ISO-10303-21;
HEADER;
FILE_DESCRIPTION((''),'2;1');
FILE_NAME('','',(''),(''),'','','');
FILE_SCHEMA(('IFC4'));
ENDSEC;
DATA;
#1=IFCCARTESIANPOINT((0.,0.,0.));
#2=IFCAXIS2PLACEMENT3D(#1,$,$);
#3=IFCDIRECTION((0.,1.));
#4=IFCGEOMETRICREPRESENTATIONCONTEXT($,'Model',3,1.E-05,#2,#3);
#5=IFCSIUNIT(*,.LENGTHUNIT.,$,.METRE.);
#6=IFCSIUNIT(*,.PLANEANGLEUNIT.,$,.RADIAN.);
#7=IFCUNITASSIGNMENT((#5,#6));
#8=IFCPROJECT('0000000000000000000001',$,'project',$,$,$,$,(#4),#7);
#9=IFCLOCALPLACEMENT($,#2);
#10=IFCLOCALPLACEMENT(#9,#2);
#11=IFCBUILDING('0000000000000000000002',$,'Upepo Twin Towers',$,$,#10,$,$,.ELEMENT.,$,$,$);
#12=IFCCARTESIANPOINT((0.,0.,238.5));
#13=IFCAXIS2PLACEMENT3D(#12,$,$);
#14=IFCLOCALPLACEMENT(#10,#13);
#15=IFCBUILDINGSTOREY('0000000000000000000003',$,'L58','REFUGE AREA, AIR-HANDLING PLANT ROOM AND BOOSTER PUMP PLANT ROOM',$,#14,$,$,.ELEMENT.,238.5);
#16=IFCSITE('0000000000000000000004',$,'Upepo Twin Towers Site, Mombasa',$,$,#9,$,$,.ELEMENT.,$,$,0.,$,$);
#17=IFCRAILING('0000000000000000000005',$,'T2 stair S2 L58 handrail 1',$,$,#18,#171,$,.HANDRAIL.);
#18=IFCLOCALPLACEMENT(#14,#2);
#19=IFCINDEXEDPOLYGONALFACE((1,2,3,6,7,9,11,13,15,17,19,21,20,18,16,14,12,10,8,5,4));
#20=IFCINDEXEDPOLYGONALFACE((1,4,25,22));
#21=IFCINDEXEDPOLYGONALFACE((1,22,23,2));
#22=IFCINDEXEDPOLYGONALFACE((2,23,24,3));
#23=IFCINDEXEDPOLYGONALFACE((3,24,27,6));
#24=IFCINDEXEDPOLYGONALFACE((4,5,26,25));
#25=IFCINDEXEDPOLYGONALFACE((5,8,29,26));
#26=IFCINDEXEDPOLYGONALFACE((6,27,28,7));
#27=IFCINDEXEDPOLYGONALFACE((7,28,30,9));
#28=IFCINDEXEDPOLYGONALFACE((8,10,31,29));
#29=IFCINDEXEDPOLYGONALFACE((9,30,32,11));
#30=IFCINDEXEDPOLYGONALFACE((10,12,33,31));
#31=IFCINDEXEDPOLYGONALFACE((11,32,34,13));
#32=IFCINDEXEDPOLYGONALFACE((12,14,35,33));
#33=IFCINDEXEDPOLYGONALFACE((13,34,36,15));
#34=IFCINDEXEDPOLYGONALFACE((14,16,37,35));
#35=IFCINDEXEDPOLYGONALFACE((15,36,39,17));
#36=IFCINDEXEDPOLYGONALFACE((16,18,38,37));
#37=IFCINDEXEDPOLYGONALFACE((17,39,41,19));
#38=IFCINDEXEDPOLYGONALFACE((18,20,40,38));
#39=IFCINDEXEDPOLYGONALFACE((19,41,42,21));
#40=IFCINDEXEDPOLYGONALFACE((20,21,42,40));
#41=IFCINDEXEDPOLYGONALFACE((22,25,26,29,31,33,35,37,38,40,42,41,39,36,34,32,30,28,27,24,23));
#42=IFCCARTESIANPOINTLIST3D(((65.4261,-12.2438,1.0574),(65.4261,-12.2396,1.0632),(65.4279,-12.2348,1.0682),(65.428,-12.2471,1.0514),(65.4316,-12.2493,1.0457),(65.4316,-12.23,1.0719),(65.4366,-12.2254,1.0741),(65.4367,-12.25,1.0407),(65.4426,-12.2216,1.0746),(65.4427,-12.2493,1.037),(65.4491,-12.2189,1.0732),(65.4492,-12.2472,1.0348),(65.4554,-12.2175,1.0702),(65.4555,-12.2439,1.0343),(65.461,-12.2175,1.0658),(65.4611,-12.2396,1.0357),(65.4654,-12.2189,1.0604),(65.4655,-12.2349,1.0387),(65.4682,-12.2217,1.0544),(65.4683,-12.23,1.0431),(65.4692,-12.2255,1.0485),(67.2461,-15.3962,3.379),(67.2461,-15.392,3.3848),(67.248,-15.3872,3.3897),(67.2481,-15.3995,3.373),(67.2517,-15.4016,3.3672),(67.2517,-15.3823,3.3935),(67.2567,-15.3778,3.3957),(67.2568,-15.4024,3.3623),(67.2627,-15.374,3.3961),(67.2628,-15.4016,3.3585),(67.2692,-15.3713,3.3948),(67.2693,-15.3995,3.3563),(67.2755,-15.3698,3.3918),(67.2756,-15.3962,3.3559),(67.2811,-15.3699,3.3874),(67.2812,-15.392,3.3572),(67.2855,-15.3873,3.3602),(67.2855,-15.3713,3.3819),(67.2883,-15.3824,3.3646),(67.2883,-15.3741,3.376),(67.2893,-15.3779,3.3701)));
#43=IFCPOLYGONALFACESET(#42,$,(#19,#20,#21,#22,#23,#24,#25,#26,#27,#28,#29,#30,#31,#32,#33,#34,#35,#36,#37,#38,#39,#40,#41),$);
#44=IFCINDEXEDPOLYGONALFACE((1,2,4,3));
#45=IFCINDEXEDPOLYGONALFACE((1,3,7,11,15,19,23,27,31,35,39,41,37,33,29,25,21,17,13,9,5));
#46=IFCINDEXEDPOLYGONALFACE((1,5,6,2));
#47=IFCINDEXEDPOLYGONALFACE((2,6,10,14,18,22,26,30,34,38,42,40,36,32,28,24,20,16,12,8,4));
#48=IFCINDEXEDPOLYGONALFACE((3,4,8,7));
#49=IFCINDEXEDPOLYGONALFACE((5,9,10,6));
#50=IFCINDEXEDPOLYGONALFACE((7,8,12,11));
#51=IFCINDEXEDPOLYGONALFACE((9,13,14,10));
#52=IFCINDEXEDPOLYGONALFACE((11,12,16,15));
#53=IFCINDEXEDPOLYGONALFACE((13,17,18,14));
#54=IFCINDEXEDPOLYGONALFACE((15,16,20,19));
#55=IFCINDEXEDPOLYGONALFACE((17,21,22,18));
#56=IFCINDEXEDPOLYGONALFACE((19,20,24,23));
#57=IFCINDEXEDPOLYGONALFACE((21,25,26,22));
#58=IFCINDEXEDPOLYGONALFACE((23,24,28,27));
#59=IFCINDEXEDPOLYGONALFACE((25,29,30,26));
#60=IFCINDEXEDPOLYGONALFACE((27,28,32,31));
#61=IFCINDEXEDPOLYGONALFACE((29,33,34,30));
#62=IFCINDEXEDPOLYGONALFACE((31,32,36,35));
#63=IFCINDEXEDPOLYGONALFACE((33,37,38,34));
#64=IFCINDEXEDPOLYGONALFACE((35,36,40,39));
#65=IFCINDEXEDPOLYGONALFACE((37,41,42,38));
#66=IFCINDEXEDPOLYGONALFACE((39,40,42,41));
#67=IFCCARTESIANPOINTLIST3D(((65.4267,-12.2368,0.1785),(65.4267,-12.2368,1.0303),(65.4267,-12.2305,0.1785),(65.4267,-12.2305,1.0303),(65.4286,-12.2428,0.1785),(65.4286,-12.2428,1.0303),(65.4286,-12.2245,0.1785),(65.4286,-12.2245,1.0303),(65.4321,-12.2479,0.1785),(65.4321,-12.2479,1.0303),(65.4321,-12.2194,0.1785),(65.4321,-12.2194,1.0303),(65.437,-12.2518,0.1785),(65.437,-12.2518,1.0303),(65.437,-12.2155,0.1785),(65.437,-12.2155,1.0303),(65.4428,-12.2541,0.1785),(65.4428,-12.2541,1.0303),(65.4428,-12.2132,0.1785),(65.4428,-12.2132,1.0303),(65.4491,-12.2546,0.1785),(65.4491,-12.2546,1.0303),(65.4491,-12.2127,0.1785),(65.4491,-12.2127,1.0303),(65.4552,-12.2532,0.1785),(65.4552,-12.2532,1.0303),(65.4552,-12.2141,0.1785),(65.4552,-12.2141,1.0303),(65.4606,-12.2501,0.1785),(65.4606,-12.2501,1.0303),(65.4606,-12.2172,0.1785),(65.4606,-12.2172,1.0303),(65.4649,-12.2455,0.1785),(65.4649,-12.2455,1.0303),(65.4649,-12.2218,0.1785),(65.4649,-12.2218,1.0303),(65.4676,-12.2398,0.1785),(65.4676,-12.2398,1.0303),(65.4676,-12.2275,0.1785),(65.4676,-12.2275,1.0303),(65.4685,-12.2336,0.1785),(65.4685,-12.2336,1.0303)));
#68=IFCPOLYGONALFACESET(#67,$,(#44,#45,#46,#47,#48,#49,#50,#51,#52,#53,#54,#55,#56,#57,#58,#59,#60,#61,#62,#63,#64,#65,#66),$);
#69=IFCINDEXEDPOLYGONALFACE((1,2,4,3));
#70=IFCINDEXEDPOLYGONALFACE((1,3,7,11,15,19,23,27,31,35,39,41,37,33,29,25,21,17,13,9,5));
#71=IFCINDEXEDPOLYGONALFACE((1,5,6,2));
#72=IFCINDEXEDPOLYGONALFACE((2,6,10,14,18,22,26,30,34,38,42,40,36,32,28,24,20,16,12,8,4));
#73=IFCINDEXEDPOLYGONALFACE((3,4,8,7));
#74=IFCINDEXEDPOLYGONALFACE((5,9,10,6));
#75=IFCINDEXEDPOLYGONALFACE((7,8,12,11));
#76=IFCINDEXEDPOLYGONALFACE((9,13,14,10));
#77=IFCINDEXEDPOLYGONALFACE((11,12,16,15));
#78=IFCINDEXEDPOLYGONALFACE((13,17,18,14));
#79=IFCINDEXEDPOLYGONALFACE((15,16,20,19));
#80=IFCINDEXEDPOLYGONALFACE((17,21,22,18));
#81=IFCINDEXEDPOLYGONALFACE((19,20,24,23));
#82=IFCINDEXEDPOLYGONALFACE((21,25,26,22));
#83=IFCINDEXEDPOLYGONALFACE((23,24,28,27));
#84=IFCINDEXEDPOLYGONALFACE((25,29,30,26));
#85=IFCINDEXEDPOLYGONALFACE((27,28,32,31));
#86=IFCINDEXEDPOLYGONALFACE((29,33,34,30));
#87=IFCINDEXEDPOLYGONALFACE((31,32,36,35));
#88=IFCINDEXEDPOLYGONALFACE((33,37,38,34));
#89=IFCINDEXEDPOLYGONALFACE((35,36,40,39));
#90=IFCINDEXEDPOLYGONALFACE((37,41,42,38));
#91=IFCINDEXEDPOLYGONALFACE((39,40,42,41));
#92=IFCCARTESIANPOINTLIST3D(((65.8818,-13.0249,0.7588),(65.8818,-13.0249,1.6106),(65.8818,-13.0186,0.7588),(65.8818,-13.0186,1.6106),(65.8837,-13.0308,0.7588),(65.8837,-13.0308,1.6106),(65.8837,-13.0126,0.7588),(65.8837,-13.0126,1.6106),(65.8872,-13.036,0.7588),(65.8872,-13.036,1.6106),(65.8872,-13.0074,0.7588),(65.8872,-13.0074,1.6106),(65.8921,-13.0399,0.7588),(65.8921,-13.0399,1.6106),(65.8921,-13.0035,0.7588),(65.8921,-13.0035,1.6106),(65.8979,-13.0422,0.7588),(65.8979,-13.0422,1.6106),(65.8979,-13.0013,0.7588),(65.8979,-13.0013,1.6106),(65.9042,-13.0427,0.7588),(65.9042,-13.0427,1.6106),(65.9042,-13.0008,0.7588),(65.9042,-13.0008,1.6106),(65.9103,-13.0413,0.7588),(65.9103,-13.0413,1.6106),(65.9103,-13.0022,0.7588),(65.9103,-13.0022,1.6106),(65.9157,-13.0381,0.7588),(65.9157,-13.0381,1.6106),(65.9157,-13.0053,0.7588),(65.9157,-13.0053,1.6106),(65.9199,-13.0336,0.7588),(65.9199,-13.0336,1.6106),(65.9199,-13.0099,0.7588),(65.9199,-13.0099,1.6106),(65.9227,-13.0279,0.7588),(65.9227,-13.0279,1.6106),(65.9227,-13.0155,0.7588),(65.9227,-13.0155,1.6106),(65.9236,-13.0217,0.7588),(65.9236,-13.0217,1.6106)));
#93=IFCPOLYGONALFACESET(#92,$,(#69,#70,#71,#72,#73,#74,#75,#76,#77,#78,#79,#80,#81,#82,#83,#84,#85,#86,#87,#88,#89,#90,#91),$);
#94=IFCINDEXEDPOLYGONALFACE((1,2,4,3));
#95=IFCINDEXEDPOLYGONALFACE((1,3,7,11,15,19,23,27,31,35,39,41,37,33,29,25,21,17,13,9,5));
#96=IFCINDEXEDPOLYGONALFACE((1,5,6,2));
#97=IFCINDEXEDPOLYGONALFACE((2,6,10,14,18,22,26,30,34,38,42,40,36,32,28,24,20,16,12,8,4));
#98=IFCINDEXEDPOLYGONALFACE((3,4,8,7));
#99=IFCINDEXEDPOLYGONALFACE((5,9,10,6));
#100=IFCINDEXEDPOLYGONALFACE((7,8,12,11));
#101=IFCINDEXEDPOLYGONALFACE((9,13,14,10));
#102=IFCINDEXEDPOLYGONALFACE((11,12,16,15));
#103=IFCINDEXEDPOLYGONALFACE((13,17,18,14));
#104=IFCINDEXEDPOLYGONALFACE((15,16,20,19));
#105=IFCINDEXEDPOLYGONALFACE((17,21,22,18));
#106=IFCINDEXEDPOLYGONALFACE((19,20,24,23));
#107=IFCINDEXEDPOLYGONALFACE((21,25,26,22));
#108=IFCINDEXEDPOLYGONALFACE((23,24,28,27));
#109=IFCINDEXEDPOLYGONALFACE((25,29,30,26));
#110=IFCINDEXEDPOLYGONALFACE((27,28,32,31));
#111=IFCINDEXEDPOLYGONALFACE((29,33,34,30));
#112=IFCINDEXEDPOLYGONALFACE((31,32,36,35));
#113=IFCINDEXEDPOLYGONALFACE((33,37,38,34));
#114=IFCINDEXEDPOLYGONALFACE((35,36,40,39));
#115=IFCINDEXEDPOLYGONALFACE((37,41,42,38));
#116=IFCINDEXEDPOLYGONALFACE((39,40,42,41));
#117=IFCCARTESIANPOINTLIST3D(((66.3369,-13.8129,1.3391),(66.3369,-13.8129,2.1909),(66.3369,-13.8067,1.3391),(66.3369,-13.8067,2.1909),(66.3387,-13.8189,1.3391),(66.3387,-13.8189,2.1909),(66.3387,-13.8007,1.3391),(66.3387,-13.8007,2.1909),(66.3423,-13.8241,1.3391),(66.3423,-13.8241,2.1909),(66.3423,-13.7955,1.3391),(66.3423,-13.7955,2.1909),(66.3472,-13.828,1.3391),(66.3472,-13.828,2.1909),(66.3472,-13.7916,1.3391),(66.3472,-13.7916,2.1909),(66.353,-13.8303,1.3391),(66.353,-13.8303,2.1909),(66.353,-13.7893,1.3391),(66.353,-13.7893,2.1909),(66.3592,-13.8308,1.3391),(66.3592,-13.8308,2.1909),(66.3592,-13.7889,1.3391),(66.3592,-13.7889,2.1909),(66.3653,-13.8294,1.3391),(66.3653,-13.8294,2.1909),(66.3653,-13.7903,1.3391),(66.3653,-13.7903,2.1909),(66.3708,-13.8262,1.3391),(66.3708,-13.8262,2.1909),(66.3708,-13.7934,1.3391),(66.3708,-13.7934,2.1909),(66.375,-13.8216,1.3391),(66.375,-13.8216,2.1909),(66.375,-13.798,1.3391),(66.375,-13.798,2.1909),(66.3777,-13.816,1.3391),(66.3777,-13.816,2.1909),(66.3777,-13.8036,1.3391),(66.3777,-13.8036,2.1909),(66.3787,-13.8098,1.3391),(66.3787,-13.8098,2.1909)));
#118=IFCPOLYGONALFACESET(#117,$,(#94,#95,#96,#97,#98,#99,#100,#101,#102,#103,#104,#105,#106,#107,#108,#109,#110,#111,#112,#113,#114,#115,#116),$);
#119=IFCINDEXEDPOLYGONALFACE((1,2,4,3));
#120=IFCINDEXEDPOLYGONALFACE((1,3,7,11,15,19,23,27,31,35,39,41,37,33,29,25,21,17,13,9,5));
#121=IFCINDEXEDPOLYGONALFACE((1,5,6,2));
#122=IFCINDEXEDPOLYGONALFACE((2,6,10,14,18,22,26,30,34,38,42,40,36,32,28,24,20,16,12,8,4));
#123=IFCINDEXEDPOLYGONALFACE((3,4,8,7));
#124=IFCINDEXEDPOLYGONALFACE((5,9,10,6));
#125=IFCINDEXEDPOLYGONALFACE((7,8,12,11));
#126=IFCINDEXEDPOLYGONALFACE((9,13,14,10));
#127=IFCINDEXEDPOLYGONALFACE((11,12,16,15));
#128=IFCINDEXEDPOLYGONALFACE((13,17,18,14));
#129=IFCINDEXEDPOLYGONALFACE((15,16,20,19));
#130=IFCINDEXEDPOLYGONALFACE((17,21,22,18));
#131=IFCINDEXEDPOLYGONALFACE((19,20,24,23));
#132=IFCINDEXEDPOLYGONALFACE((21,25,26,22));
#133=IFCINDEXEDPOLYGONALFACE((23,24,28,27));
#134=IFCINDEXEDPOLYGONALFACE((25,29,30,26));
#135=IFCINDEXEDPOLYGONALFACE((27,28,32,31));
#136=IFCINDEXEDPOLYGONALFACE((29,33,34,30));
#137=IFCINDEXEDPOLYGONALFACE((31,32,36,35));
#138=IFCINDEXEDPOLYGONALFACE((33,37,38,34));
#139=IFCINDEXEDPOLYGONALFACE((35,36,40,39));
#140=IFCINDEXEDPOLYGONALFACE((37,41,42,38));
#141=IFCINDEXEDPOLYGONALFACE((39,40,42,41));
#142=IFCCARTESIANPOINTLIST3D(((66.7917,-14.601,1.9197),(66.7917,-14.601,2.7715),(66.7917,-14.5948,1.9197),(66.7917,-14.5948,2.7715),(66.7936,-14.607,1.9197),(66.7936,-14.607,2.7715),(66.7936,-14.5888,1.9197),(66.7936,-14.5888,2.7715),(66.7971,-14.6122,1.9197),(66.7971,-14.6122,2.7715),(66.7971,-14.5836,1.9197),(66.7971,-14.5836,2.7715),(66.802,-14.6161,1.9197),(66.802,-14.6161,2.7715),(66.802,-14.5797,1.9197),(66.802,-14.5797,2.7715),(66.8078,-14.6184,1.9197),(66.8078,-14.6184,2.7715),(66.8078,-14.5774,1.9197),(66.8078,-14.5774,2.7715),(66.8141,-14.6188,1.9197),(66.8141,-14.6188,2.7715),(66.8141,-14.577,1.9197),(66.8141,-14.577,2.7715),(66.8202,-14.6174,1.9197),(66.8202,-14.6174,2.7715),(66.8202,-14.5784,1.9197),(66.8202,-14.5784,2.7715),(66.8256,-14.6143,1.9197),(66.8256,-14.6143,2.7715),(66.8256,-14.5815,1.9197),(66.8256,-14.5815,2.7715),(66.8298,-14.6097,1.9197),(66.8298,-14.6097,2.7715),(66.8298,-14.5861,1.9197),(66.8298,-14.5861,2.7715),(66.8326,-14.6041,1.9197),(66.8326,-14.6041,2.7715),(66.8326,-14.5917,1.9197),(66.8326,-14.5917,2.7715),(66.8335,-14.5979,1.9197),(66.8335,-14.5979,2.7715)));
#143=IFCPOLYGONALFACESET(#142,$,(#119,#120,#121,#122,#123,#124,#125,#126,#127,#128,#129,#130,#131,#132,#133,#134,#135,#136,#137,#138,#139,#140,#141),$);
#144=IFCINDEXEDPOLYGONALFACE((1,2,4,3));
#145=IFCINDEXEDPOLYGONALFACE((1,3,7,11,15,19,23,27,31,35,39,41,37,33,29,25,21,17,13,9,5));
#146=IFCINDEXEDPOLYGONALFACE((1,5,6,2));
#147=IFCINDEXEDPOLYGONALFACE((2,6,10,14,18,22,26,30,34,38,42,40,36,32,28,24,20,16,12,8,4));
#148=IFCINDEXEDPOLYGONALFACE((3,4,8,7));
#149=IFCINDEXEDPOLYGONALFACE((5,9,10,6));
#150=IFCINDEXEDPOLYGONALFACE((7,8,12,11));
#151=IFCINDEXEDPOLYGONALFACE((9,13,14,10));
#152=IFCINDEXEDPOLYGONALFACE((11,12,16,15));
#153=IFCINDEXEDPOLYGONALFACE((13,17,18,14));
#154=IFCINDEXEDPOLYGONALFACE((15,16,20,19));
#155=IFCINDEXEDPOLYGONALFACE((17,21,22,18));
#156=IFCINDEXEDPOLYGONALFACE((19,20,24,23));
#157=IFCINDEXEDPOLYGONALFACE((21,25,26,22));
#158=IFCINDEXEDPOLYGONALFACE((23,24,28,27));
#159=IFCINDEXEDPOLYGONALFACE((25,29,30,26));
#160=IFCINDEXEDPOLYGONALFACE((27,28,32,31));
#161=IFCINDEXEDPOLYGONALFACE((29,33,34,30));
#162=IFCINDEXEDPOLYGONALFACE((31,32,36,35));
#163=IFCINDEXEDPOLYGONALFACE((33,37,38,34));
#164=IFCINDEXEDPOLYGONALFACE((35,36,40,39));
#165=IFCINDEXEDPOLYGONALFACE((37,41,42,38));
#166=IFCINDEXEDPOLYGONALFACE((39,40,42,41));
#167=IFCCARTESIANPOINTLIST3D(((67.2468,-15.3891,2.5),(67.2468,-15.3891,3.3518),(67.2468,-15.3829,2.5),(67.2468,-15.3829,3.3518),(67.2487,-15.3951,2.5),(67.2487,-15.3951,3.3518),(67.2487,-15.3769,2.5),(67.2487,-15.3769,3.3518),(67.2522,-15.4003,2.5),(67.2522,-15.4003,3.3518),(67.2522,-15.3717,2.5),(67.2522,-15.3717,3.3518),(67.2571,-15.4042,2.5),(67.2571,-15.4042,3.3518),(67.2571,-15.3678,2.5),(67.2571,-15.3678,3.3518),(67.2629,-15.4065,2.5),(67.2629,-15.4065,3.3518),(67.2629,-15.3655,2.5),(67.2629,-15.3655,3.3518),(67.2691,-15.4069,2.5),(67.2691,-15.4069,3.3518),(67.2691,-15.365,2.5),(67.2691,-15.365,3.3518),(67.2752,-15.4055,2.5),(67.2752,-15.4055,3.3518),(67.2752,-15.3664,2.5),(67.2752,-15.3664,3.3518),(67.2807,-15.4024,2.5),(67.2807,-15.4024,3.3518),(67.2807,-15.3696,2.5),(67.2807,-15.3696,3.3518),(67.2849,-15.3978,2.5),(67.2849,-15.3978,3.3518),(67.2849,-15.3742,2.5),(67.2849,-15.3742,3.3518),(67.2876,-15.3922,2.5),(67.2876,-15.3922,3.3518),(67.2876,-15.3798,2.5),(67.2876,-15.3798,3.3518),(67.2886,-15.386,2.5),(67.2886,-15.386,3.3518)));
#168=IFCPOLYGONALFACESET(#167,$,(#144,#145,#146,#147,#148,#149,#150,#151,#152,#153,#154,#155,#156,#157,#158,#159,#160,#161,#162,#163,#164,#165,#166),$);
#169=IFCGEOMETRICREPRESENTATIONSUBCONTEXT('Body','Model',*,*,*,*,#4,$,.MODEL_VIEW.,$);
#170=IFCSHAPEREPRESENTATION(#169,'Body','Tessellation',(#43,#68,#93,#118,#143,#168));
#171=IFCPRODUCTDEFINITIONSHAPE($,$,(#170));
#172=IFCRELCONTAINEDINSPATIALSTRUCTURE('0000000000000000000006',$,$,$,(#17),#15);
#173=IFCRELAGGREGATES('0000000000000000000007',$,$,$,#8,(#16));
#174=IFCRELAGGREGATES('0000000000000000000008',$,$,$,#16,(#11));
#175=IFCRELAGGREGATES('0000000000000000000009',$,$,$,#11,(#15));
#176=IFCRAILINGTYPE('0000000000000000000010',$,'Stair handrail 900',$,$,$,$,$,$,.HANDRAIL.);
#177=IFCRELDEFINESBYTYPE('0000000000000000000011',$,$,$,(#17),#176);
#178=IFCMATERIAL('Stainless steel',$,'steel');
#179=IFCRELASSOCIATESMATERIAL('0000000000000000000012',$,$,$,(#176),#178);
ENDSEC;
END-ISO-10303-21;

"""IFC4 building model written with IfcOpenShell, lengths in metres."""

from ifc_helpers import new_model, si_unit, direction, frame, origin, origin_2d, place, context, subcontext, project, spatial, circle, extrude, material, type_object, element, save


model = new_model("IFC4")

# Units and contexts
model_context = context("Model", 3, precision=1e-05, world=origin(), true_north=direction((0.0, 1.0)))
body_context = subcontext(model_context, "Body", "Model", "MODEL_VIEW")
ifc_project = project(units=[si_unit("LENGTHUNIT", "METRE"), si_unit("PLANEANGLEUNIT", "RADIAN")], contexts=[model_context])

# Site, building, storey
site_placement = place(None, origin())
site = spatial("IfcSite", under=ifc_project, at=site_placement, Name="Upepo Twin Towers Site, Mombasa", CompositionType="ELEMENT", RefElevation=0.0)
building_placement = place(site_placement, origin())
building = spatial("IfcBuilding", under=site, at=building_placement, Name="Upepo Twin Towers", CompositionType="ELEMENT")
storey_placement = place(building_placement, frame((0.0, 0.0, 238.5)))
storey = spatial("IfcBuildingStorey", under=building, at=storey_placement, Name="L58", Description="REFUGE AREA, AIR-HANDLING PLANT ROOM AND BOOSTER PUMP PLANT ROOM", CompositionType="ELEMENT", Elevation=238.5)

# Railing
ifc_material_1 = material(Name="Stainless steel", Category="steel")
railing_type_1 = type_object("IfcRailingType", Name="Stair handrail 900", PredefinedType="HANDRAIL", material=ifc_material_1)
railing_1_placement = place(storey_placement, frame((65.4475, -12.2336, 0.1785)))
element("IfcRailing", 1, at=railing_1_placement, inside=storey, type_object=railing_type_1, Name="T2 stair S2 L58 handrail 1", PredefinedType="HANDRAIL", context=body_context, shape_type="SweptSolid", body=[
    extrude(circle(Radius=0.0239, at=origin_2d()), frame((0.0, 0.0, 0.876), z_axis=(0.421572, -0.730159, 0.537723), x_axis=(0.866018, 0.500013, 0.0)), (0.0, 0.0, 1.0), 4.3174),
    extrude(circle(Radius=0.021, at=origin_2d()), origin(), (0.0, 0.0, 1.0), 0.8518),
    extrude(circle(Radius=0.021, at=origin_2d()), frame((0.4551, -0.7881, 0.5803)), (0.0, 0.0, 1.0), 0.8518),
    extrude(circle(Radius=0.021, at=origin_2d()), frame((0.9102, -1.5762, 1.1606)), (0.0, 0.0, 1.0), 0.8518),
    extrude(circle(Radius=0.021, at=origin_2d()), frame((1.365, -2.3643, 1.7412)), (0.0, 0.0, 1.0), 0.8518),
    extrude(circle(Radius=0.021, at=origin_2d()), frame((1.8201, -3.1523, 2.3215)), (0.0, 0.0, 1.0), 0.8518),
])

save(model, "model.ifc")
